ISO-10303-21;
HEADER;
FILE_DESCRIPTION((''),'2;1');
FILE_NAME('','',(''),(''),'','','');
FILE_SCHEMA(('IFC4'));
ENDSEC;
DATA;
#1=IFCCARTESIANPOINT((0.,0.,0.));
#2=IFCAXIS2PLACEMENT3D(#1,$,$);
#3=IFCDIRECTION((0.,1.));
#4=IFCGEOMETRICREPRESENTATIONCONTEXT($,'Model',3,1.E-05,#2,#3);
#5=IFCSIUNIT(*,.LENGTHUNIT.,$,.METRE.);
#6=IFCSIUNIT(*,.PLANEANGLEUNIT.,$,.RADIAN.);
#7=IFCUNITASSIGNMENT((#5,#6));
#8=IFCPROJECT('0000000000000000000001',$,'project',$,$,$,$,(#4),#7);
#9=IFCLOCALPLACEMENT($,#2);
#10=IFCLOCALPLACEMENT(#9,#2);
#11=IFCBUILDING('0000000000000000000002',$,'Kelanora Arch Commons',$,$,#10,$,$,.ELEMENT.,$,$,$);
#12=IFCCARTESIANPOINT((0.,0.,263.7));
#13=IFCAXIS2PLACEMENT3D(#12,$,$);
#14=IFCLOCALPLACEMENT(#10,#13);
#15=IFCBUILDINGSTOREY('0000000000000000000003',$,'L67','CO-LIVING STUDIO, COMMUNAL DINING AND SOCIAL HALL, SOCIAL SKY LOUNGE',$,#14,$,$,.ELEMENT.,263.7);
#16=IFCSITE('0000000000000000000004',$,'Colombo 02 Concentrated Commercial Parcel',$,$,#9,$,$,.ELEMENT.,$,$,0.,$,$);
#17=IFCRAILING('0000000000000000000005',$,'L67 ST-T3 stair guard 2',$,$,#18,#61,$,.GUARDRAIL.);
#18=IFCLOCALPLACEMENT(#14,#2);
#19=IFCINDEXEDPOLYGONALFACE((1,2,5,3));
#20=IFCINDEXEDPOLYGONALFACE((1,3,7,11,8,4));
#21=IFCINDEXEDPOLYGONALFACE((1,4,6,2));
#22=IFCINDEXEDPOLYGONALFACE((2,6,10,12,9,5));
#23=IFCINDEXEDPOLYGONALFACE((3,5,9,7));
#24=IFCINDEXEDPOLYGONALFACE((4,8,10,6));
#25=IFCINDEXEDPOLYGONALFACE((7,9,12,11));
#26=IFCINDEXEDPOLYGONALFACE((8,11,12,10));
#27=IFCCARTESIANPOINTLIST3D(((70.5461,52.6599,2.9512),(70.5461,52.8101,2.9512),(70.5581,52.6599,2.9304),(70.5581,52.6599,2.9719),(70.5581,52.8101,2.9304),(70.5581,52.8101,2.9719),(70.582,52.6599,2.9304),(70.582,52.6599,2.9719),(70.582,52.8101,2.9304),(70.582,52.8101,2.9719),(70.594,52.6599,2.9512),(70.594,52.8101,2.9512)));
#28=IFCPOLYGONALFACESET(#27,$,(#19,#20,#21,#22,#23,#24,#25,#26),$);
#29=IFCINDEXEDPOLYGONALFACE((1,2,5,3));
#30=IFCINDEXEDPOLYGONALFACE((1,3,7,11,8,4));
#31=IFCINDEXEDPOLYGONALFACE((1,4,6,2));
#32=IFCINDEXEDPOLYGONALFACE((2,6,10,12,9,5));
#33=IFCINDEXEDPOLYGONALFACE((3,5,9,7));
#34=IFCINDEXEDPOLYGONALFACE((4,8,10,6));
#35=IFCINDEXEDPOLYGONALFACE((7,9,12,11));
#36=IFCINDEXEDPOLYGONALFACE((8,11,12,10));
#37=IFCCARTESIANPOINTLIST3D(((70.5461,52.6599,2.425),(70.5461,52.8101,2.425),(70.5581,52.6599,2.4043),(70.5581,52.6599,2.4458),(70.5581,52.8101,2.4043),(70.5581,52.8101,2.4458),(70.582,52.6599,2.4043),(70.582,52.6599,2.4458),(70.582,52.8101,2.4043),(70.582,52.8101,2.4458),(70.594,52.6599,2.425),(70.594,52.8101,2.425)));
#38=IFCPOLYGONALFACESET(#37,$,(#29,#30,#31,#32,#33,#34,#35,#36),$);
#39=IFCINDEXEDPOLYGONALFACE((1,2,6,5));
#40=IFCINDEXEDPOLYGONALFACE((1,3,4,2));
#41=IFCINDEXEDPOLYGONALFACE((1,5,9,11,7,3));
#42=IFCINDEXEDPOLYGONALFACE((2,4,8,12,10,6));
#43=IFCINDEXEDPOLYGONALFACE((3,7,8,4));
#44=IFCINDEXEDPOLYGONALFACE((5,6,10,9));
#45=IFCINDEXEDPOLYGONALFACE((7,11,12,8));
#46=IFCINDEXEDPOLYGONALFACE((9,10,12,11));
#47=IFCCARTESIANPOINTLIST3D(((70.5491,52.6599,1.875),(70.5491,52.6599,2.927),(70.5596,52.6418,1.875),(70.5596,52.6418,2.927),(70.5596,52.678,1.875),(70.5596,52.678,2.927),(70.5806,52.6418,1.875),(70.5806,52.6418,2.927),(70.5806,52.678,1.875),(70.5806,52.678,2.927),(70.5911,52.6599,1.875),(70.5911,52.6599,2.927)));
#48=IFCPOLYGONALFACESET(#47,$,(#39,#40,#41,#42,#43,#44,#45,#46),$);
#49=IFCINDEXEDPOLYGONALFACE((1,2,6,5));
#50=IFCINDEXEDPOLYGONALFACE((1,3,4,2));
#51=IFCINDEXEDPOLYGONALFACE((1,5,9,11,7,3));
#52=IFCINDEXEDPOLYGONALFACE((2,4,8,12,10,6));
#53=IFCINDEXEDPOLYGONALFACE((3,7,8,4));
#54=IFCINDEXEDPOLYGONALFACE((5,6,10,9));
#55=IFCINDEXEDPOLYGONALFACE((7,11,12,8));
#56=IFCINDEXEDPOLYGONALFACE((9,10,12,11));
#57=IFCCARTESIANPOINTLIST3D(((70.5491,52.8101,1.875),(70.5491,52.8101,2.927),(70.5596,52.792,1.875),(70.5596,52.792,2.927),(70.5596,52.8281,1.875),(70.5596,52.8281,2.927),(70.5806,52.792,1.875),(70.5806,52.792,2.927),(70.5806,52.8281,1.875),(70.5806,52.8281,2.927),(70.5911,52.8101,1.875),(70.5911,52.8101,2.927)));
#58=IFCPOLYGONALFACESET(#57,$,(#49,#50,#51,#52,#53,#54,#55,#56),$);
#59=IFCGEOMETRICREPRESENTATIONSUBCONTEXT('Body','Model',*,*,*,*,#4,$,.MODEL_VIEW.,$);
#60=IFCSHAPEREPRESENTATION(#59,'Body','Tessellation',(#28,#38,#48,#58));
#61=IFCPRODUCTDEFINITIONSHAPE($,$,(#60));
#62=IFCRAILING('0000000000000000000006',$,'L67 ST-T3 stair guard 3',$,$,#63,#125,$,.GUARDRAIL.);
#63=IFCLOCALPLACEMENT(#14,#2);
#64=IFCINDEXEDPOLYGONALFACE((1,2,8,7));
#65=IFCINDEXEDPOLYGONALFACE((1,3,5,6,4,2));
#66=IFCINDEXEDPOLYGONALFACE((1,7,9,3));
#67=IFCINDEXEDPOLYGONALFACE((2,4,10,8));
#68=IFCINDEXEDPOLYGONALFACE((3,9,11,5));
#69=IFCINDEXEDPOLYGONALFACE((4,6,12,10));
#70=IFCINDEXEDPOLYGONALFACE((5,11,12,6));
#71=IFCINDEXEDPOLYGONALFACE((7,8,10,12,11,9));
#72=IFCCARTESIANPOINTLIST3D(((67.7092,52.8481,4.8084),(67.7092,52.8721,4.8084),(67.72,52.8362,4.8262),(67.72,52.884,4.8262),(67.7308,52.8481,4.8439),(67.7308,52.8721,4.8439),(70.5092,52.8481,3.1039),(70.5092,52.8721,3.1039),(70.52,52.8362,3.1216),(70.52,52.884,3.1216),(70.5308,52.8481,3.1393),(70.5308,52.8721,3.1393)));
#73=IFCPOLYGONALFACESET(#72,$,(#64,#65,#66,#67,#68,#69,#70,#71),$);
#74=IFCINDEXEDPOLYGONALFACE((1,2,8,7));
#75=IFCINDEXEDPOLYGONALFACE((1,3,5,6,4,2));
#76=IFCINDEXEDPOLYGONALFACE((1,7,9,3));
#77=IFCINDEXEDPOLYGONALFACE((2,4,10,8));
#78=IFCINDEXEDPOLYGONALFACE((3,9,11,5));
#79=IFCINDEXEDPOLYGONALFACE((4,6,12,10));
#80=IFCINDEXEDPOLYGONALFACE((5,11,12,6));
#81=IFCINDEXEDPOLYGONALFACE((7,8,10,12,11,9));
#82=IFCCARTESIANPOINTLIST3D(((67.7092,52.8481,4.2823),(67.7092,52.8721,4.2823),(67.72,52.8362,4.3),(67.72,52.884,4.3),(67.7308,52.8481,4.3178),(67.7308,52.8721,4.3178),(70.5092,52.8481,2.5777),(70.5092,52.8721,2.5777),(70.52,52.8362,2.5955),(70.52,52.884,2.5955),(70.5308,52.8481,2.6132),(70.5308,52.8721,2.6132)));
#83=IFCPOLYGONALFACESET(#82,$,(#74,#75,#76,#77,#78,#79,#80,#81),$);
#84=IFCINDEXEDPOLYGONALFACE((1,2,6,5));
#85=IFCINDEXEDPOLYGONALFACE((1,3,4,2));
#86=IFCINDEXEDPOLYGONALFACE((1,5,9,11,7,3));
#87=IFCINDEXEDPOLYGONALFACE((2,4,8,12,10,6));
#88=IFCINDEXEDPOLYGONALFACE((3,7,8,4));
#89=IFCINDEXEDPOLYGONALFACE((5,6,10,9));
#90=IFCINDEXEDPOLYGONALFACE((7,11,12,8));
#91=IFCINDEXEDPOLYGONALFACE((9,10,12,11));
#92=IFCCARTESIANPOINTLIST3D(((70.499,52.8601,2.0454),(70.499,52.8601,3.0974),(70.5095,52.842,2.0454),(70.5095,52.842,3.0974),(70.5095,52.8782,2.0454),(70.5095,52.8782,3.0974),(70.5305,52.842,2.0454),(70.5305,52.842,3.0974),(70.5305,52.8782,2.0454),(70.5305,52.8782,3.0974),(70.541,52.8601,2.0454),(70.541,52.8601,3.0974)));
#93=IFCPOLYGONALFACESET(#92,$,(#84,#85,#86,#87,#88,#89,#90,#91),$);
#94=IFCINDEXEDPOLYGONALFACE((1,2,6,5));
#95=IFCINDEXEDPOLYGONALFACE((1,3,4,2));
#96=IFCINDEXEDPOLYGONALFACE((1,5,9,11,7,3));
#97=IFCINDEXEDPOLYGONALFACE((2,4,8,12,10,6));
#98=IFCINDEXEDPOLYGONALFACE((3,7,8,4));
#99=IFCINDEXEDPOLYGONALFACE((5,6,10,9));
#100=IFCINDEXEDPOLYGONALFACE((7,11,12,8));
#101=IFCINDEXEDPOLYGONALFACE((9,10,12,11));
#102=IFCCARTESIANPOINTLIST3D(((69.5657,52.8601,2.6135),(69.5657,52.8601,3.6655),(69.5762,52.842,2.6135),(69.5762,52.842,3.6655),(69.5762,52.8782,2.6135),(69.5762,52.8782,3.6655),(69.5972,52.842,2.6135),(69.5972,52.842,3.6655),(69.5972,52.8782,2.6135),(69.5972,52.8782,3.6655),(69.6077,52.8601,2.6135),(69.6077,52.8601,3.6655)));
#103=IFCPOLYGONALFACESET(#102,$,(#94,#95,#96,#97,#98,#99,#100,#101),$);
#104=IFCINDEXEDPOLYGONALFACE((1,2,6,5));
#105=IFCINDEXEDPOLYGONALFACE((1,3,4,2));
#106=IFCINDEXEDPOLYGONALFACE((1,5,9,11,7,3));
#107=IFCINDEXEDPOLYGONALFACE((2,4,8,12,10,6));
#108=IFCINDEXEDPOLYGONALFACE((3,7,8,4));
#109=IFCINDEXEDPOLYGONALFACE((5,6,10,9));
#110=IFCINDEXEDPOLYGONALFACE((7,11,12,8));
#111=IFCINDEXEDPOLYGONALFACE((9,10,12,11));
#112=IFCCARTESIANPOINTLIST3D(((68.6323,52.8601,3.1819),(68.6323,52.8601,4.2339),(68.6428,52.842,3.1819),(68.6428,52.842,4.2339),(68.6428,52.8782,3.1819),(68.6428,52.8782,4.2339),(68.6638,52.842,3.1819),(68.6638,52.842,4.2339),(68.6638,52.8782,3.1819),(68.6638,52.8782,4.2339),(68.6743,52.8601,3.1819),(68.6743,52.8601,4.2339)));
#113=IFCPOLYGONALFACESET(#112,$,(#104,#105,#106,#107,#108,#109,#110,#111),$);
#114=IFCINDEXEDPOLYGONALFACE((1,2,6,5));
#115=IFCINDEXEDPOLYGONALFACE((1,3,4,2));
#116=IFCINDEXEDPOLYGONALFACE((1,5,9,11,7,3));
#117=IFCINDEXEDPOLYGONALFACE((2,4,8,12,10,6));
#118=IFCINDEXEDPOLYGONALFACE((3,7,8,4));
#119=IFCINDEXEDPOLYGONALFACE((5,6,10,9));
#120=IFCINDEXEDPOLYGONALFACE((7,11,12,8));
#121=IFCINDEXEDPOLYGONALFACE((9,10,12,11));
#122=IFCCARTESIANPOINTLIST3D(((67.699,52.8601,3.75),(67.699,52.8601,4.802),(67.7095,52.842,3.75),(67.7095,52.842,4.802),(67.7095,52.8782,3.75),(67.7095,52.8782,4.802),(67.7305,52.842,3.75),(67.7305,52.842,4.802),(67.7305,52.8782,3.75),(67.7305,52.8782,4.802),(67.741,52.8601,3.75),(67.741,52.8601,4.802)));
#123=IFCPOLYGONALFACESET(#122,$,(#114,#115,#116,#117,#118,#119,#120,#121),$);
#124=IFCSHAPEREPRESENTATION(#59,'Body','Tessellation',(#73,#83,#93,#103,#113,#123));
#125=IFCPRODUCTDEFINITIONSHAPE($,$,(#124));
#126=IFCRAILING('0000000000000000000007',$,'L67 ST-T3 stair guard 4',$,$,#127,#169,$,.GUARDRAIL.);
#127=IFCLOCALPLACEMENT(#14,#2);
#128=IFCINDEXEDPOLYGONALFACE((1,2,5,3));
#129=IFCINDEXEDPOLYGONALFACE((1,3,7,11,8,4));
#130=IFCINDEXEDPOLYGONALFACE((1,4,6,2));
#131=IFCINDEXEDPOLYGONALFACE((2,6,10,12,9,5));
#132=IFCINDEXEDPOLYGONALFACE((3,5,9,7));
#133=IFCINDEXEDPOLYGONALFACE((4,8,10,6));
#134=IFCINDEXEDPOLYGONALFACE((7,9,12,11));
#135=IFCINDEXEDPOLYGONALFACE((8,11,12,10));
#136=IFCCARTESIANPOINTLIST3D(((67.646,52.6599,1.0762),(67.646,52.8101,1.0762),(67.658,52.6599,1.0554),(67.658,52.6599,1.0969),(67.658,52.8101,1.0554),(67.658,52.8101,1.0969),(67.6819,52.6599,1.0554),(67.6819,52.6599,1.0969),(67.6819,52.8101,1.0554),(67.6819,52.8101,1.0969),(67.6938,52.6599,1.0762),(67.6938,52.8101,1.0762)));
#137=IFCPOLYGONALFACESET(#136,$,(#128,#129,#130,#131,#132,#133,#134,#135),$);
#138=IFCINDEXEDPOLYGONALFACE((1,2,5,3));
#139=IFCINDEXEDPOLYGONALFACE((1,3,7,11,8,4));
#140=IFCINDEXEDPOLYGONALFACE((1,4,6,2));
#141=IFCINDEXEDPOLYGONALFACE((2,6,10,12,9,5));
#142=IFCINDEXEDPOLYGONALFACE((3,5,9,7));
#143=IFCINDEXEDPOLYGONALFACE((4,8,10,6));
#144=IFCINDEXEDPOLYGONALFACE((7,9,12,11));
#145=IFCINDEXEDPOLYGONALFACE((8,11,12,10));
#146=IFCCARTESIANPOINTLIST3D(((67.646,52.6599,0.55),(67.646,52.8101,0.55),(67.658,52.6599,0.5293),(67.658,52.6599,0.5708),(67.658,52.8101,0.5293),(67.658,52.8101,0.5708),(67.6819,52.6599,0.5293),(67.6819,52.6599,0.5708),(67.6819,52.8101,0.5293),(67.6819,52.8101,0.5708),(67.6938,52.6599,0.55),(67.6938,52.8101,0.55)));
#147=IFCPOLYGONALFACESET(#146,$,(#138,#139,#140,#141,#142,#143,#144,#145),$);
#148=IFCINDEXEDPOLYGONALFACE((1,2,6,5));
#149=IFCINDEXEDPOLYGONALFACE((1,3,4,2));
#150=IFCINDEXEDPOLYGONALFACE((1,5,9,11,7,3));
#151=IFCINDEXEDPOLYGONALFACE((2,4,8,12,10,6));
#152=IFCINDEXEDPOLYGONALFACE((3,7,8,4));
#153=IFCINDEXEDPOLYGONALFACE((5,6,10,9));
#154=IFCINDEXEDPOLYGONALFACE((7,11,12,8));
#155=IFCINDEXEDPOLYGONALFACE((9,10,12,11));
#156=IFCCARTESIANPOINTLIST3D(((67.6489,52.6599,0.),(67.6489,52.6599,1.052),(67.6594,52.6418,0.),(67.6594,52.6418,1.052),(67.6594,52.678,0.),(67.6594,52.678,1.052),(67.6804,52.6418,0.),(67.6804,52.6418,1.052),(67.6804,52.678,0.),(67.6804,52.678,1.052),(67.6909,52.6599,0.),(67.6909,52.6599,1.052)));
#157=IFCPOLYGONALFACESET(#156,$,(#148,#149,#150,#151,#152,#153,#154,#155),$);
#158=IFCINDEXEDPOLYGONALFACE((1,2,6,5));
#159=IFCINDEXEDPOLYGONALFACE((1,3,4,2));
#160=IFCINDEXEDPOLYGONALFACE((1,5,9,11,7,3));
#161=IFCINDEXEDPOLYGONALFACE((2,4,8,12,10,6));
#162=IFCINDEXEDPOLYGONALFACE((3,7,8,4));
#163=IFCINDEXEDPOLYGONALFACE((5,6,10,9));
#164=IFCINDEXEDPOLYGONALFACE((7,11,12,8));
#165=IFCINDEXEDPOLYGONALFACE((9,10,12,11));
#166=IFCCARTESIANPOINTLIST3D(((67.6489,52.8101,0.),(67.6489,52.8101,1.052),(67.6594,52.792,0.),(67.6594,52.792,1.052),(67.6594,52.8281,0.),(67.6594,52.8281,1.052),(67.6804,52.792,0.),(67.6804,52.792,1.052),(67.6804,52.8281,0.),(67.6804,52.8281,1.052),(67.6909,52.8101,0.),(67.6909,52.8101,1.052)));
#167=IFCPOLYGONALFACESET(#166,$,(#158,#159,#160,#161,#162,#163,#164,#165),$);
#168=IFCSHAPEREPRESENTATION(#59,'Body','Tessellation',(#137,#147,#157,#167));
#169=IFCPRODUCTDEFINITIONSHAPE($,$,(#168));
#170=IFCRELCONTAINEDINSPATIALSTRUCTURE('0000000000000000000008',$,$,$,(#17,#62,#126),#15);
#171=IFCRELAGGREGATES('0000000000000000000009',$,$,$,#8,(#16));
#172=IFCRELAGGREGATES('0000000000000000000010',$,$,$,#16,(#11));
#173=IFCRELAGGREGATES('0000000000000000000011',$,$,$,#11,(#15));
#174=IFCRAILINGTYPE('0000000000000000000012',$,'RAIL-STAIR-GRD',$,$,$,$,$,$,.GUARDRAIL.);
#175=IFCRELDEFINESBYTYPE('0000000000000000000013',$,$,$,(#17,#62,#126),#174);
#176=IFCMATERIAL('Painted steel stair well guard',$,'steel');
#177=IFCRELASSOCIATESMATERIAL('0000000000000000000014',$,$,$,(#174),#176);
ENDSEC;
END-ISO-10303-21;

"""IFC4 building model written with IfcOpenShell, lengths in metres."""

from ifc_helpers import new_model, si_unit, direction, frame, origin, place, context, subcontext, project, spatial, polyline, outline, extrude, material, type_object, element, save


model = new_model("IFC4")

# Units and contexts
model_context = context("Model", 3, precision=1e-05, world=origin(), true_north=direction((0.0, 1.0)))
body_context = subcontext(model_context, "Body", "Model", "MODEL_VIEW")
ifc_project = project(units=[si_unit("LENGTHUNIT", "METRE"), si_unit("PLANEANGLEUNIT", "RADIAN")], contexts=[model_context])

# Site, building, storey
site_placement = place(None, origin())
site = spatial("IfcSite", under=ifc_project, at=site_placement, Name="Colombo 02 Concentrated Commercial Parcel", CompositionType="ELEMENT", RefElevation=0.0)
building_placement = place(site_placement, origin())
building = spatial("IfcBuilding", under=site, at=building_placement, Name="Kelanora Arch Commons", CompositionType="ELEMENT")
storey_placement = place(building_placement, frame((0.0, 0.0, 263.7)))
storey = spatial("IfcBuildingStorey", under=building, at=storey_placement, Name="L67", Description="CO-LIVING STUDIO, COMMUNAL DINING AND SOCIAL HALL, SOCIAL SKY LOUNGE", CompositionType="ELEMENT", Elevation=263.7)

# Railings
ifc_material_1 = material(Name="Painted steel stair well guard", Category="steel")
railing_type_1 = type_object("IfcRailingType", Name="RAIL-STAIR-GRD", PredefinedType="GUARDRAIL", material=ifc_material_1)
railing_1_placement = place(storey_placement, frame((70.5701, 52.6599, 1.875)))
element("IfcRailing", 1, at=railing_1_placement, inside=storey, type_object=railing_type_1, Name="L67 ST-T3 stair guard 2", PredefinedType="GUARDRAIL", context=body_context, shape_type="SweptSolid", body=[
    extrude(outline(polyline([(0.0239, 0.0), (0.012, 0.0208), (-0.012, 0.0208), (-0.0239, 0.0), (-0.012, -0.0208), (0.012, -0.0208), (0.0239, 0.0)])), frame((0.0, 0.0, 1.0762), z_axis=(0.0, 1.0, 0.0), x_axis=(-1.0, 0.0, 0.0)), (0.0, 0.0, 1.0), 0.1501),
    extrude(outline(polyline([(0.0239, 0.0), (0.012, 0.0208), (-0.012, 0.0208), (-0.0239, 0.0), (-0.012, -0.0208), (0.012, -0.0208), (0.0239, 0.0)])), frame((0.0, 0.0, 0.55), z_axis=(0.0, 1.0, 0.0), x_axis=(-1.0, 0.0, 0.0)), (0.0, 0.0, 1.0), 0.1501),
    extrude(outline(polyline([(0.021, 0.0), (0.0105, 0.0181), (-0.0105, 0.0181), (-0.021, 0.0), (-0.0105, -0.0181), (0.0105, -0.0181), (0.021, 0.0)])), origin(), (0.0, 0.0, 1.0), 1.052),
    extrude(outline(polyline([(0.021, 0.0), (0.0105, 0.0181), (-0.0105, 0.0181), (-0.021, 0.0), (-0.0105, -0.0181), (0.0105, -0.0181), (0.021, 0.0)])), frame((0.0, 0.1501, 0.0)), (0.0, 0.0, 1.0), 1.052),
])
railing_2_placement = place(storey_placement, frame((70.52, 52.8601, 2.0454)))
element("IfcRailing", 2, at=railing_2_placement, inside=storey, type_object=railing_type_1, Name="L67 ST-T3 stair guard 3", PredefinedType="GUARDRAIL", context=body_context, shape_type="SweptSolid", body=[
    extrude(outline(polyline([(0.0239, 0.0), (0.012, 0.0208), (-0.012, 0.0208), (-0.0239, 0.0), (-0.012, -0.0208), (0.012, -0.0208), (0.0239, 0.0)])), frame((0.0, 0.0, 1.0762), z_axis=(-0.85417, 0.0, 0.519994), x_axis=(0.0, -1.0, 0.0)), (0.0, 0.0, 1.0), 3.2781),
    extrude(outline(polyline([(0.0239, 0.0), (0.012, 0.0208), (-0.012, 0.0208), (-0.0239, 0.0), (-0.012, -0.0208), (0.012, -0.0208), (0.0239, 0.0)])), frame((0.0, 0.0, 0.55), z_axis=(-0.85417, 0.0, 0.519994), x_axis=(0.0, -1.0, 0.0)), (0.0, 0.0, 1.0), 3.2781),
    extrude(outline(polyline([(0.021, 0.0), (0.0105, 0.0181), (-0.0105, 0.0181), (-0.021, 0.0), (-0.0105, -0.0181), (0.0105, -0.0181), (0.021, 0.0)])), origin(), (0.0, 0.0, 1.0), 1.052),
    extrude(outline(polyline([(0.021, 0.0), (0.0105, 0.0181), (-0.0105, 0.0181), (-0.021, 0.0), (-0.0105, -0.0181), (0.0105, -0.0181), (0.021, 0.0)])), frame((-0.9333, 0.0, 0.5681)), (0.0, 0.0, 1.0), 1.052),
    extrude(outline(polyline([(0.021, 0.0), (0.0105, 0.0181), (-0.0105, 0.0181), (-0.021, 0.0), (-0.0105, -0.0181), (0.0105, -0.0181), (0.021, 0.0)])), frame((-1.8667, 0.0, 1.1365)), (0.0, 0.0, 1.0), 1.052),
    extrude(outline(polyline([(0.021, 0.0), (0.0105, 0.0181), (-0.0105, 0.0181), (-0.021, 0.0), (-0.0105, -0.0181), (0.0105, -0.0181), (0.021, 0.0)])), frame((-2.8, 0.0, 1.7046)), (0.0, 0.0, 1.0), 1.052),
])
railing_3_placement = place(storey_placement, frame((67.6699, 52.6599, 0.0)))
element("IfcRailing", 3, at=railing_3_placement, inside=storey, type_object=railing_type_1, Name="L67 ST-T3 stair guard 4", PredefinedType="GUARDRAIL", context=body_context, shape_type="SweptSolid", body=[
    extrude(outline(polyline([(0.0239, 0.0), (0.012, 0.0208), (-0.012, 0.0208), (-0.0239, 0.0), (-0.012, -0.0208), (0.012, -0.0208), (0.0239, 0.0)])), frame((0.0, 0.0, 1.0762), z_axis=(0.0, 1.0, 0.0), x_axis=(-1.0, 0.0, 0.0)), (0.0, 0.0, 1.0), 0.1501),
    extrude(outline(polyline([(0.0239, 0.0), (0.012, 0.0208), (-0.012, 0.0208), (-0.0239, 0.0), (-0.012, -0.0208), (0.012, -0.0208), (0.0239, 0.0)])), frame((0.0, 0.0, 0.55), z_axis=(0.0, 1.0, 0.0), x_axis=(-1.0, 0.0, 0.0)), (0.0, 0.0, 1.0), 0.1501),
    extrude(outline(polyline([(0.021, 0.0), (0.0105, 0.0181), (-0.0105, 0.0181), (-0.021, 0.0), (-0.0105, -0.0181), (0.0105, -0.0181), (0.021, 0.0)])), origin(), (0.0, 0.0, 1.0), 1.052),
    extrude(outline(polyline([(0.021, 0.0), (0.0105, 0.0181), (-0.0105, 0.0181), (-0.021, 0.0), (-0.0105, -0.0181), (0.0105, -0.0181), (0.021, 0.0)])), frame((0.0, 0.1501, 0.0)), (0.0, 0.0, 1.0), 1.052),
])

save(model, "model.ifc")
